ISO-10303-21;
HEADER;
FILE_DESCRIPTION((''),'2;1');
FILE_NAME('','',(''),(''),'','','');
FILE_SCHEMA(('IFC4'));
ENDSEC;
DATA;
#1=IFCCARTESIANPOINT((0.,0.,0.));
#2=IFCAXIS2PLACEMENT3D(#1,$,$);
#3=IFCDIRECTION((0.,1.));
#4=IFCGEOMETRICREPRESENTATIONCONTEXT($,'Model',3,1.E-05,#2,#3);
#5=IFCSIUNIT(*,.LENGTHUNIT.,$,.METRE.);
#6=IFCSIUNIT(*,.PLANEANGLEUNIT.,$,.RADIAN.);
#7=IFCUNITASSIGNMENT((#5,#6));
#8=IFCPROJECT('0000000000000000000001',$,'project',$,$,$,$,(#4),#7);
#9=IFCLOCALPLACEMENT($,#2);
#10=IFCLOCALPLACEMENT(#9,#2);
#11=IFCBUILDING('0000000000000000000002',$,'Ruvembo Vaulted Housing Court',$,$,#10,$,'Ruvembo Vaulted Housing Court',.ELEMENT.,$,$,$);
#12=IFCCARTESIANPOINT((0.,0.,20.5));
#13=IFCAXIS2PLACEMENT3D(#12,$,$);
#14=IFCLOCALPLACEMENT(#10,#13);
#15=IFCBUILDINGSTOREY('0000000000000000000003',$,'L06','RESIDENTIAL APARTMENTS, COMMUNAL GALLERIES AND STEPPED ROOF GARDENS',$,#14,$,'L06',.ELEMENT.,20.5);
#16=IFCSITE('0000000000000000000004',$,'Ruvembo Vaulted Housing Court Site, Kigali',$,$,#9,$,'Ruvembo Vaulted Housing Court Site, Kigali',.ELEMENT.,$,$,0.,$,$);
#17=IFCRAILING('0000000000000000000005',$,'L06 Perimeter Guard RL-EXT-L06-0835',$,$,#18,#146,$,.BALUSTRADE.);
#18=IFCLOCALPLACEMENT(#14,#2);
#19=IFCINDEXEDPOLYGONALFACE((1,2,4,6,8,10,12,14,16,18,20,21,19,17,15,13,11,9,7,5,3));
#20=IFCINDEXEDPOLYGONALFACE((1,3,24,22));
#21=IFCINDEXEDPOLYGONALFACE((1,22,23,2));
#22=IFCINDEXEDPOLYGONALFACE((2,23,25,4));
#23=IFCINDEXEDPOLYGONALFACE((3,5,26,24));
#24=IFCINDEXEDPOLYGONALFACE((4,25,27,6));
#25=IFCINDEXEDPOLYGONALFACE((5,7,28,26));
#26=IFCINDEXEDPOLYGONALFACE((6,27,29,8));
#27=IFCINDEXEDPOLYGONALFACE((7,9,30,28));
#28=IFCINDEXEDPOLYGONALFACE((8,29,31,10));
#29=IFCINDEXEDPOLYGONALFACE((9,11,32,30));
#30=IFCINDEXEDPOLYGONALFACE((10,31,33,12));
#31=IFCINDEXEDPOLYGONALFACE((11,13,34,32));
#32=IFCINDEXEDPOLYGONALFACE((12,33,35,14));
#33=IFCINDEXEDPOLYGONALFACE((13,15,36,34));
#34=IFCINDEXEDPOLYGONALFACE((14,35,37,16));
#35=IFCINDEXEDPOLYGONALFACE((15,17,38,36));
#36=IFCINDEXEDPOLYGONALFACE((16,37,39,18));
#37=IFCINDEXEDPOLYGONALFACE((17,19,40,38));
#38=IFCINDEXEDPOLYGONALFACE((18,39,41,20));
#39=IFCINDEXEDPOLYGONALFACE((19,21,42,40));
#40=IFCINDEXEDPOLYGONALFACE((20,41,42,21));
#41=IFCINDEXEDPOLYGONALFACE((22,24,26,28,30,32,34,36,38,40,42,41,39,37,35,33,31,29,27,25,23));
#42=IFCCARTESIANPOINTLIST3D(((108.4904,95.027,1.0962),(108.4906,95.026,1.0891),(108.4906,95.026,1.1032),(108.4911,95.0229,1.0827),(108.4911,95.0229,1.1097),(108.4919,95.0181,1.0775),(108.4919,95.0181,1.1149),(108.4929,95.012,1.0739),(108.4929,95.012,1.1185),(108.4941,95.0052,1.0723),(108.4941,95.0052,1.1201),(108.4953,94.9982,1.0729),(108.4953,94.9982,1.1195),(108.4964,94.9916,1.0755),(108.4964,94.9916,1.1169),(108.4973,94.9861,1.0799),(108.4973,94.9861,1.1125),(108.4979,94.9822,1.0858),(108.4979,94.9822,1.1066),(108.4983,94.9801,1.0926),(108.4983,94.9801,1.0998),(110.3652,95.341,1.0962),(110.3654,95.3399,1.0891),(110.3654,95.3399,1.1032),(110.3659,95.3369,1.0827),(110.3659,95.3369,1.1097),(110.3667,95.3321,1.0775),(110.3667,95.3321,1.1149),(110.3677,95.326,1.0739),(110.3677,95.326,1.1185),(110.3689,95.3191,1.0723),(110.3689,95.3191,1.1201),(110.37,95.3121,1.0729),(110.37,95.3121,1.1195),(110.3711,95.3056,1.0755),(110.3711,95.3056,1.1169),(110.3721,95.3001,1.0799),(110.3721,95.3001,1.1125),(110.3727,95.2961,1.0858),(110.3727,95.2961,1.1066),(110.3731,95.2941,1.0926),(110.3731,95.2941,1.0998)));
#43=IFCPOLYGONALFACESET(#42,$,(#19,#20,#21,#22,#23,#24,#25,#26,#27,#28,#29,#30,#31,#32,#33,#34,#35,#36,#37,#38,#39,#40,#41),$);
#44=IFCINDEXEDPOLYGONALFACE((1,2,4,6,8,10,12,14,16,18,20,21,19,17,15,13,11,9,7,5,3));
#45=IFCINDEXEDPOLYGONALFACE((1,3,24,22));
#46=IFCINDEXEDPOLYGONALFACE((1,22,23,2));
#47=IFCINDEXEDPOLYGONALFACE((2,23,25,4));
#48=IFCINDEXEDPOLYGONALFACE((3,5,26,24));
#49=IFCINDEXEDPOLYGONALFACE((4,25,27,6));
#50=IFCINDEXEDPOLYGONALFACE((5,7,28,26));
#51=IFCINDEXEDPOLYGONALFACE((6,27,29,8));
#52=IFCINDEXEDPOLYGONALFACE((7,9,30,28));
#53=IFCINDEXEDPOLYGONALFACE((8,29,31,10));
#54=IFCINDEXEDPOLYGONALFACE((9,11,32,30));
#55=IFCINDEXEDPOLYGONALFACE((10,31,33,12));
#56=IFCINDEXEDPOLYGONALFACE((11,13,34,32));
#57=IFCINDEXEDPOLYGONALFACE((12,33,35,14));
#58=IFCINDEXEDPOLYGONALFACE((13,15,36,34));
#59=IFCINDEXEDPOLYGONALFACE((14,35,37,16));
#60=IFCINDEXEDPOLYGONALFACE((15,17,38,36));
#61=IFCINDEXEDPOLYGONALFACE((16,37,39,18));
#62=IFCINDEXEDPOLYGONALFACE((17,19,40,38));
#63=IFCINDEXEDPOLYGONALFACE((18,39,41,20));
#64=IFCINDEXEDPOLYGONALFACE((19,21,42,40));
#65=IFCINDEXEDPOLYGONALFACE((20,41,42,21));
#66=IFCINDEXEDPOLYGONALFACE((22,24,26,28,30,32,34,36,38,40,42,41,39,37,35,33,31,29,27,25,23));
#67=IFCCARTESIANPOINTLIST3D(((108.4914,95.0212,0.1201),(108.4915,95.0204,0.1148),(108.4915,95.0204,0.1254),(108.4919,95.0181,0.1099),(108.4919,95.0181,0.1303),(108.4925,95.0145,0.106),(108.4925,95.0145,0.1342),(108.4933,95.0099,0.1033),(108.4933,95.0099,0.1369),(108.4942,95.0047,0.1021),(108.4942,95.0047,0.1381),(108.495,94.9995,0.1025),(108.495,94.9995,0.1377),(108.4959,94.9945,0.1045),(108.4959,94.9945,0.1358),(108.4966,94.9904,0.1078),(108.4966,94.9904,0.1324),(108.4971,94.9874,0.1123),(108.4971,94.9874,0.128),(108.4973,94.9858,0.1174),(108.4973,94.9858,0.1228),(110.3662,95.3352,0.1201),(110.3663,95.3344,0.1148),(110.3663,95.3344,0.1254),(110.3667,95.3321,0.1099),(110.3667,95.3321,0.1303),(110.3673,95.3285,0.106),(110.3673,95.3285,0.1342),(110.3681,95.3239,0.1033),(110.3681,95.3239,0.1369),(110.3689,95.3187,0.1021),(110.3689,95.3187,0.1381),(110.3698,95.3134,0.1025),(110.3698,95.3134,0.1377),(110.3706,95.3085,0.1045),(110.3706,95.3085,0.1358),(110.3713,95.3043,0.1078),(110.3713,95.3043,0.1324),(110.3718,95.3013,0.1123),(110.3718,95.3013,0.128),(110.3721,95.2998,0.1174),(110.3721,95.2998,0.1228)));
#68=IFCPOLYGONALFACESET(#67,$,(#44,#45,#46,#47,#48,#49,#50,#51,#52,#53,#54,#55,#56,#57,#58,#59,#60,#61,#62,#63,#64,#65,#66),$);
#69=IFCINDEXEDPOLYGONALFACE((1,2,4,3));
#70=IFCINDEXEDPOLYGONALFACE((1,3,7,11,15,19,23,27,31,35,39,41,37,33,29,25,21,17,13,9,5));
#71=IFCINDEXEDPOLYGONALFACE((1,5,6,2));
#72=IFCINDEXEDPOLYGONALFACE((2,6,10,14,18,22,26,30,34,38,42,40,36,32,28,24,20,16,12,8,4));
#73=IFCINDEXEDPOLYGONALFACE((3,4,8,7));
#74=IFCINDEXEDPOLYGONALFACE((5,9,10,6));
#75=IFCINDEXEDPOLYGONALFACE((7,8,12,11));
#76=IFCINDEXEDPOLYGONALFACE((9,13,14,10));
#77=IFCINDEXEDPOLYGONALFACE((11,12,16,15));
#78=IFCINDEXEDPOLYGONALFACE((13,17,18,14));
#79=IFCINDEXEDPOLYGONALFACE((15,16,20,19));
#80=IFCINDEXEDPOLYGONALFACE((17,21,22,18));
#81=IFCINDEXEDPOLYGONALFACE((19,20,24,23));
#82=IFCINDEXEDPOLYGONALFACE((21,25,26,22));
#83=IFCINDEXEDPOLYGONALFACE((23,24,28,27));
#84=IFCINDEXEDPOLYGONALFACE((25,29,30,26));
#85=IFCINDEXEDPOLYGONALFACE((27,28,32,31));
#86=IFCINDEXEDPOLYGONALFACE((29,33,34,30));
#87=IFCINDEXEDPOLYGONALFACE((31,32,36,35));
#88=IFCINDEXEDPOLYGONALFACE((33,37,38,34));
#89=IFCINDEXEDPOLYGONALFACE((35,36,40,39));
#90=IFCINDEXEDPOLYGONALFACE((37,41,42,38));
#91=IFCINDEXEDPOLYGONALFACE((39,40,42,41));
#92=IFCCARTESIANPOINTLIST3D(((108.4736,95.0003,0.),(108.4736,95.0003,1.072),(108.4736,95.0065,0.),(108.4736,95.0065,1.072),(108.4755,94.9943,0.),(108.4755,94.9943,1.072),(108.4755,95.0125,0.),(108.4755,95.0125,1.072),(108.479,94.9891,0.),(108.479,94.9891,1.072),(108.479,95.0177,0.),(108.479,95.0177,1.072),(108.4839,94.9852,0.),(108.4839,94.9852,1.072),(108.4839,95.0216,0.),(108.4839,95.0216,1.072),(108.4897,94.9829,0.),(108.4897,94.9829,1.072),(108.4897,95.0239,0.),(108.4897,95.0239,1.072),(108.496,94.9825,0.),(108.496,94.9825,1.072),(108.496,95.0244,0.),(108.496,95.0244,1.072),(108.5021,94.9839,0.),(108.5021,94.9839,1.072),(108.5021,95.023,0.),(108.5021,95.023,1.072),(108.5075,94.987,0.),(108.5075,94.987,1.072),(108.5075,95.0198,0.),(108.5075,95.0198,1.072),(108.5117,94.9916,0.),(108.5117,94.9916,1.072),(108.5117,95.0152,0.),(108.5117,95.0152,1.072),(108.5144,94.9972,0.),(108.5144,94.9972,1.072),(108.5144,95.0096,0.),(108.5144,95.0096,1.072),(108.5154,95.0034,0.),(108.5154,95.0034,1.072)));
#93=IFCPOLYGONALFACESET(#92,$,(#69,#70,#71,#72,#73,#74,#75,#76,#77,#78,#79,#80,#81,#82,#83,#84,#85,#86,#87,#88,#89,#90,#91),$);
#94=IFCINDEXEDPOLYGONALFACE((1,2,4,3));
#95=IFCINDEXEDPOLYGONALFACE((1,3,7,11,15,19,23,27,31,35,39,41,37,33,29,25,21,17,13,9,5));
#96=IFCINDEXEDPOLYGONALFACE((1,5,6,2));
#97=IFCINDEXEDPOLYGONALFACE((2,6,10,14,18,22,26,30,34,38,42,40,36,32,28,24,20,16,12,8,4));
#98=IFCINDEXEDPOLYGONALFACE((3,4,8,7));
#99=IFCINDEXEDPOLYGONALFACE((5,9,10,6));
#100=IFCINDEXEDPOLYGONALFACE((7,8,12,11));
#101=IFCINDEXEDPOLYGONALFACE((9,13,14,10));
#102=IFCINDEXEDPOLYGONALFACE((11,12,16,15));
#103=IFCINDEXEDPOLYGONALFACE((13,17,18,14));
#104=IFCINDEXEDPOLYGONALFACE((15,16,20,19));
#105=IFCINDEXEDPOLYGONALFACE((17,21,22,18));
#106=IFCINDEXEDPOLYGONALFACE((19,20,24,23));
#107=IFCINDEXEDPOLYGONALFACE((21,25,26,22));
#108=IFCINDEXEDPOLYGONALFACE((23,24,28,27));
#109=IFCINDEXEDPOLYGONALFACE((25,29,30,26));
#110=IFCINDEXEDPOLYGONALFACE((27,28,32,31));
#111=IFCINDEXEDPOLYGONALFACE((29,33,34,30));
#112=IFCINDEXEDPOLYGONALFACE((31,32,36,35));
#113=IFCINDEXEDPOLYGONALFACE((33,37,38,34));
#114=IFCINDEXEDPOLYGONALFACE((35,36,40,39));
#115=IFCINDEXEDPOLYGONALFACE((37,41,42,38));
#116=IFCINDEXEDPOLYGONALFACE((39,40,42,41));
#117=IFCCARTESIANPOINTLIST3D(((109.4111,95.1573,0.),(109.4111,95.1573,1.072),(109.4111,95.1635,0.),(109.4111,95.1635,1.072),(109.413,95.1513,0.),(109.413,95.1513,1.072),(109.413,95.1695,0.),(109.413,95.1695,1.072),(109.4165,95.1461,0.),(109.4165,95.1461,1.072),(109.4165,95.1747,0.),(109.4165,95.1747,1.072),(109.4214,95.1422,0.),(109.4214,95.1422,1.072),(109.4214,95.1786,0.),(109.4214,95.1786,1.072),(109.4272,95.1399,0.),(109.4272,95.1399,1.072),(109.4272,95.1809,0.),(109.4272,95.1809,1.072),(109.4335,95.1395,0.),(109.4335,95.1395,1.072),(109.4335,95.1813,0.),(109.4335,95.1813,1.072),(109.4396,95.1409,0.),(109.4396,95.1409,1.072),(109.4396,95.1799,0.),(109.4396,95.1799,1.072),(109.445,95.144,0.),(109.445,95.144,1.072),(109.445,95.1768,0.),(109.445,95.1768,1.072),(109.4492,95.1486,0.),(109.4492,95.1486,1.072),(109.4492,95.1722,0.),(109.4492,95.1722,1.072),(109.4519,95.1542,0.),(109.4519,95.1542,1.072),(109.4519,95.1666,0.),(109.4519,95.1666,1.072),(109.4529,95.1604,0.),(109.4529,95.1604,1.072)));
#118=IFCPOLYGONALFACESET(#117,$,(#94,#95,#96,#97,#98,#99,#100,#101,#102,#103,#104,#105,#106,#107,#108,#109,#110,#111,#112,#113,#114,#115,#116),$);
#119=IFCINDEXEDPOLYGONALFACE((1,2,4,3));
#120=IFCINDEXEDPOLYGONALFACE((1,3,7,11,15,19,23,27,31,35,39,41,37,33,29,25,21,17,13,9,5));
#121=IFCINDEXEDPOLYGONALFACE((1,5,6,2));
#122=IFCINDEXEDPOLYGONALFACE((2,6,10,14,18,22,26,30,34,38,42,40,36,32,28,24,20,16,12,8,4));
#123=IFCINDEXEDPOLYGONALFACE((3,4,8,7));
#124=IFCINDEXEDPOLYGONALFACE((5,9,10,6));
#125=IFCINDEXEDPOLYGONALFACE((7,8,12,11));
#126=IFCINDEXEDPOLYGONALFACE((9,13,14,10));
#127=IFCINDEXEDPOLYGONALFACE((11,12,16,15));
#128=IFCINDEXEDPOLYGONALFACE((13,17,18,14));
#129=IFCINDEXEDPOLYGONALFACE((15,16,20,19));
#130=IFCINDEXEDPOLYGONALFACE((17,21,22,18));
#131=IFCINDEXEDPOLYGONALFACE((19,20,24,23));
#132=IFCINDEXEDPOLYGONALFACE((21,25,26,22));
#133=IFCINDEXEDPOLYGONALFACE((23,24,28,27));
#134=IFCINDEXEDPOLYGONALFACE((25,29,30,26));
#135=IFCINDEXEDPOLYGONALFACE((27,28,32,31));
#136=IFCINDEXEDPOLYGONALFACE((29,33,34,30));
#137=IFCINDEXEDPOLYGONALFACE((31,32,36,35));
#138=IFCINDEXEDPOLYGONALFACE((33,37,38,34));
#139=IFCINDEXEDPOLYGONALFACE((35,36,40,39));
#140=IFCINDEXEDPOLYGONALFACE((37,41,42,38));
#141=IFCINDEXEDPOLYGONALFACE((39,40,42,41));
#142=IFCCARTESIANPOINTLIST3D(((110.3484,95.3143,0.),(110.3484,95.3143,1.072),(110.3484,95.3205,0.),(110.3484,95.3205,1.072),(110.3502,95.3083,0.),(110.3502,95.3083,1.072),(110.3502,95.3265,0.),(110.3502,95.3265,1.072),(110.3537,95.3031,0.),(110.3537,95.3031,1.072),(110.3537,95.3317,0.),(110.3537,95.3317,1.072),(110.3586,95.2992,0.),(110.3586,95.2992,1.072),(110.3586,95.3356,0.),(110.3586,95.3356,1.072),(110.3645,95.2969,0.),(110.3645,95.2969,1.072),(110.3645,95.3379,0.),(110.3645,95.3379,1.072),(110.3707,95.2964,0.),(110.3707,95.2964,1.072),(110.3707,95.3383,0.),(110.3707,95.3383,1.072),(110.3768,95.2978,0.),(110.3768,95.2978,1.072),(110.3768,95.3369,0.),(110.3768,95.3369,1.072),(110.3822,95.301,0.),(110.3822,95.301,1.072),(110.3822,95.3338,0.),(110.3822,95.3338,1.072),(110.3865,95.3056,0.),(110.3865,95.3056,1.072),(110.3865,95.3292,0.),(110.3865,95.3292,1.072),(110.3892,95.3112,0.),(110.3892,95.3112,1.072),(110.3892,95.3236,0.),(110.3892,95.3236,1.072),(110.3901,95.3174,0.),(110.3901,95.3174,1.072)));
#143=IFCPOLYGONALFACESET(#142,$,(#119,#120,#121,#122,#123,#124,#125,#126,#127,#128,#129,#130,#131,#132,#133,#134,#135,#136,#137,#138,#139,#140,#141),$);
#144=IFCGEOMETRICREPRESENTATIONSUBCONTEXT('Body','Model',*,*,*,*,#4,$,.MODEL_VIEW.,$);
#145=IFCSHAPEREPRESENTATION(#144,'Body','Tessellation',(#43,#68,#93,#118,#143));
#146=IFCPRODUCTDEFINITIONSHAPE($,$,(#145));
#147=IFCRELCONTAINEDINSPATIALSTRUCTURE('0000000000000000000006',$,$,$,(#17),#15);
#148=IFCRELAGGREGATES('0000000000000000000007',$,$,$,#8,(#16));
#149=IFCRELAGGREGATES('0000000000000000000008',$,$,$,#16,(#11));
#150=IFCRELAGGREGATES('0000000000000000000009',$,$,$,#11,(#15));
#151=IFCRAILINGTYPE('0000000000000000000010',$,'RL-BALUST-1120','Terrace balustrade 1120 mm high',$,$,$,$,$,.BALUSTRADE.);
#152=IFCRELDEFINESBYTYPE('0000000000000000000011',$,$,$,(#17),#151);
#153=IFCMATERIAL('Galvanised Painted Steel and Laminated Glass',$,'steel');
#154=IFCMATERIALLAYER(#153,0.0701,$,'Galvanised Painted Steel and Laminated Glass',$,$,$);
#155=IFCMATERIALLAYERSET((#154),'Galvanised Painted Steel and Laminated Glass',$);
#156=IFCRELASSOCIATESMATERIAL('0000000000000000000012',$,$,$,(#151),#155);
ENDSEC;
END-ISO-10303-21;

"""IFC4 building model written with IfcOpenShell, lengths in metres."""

from ifc_helpers import new_model, si_unit, direction, frame, origin, origin_2d, place, context, subcontext, project, spatial, circle, extrude, material, layer, layer_set, type_object, element, save


model = new_model("IFC4")

# Units and contexts
model_context = context("Model", 3, precision=1e-05, world=origin(), true_north=direction((0.0, 1.0)))
body_context = subcontext(model_context, "Body", "Model", "MODEL_VIEW")
ifc_project = project(units=[si_unit("LENGTHUNIT", "METRE"), si_unit("PLANEANGLEUNIT", "RADIAN")], contexts=[model_context])

# Site, building, storey
site_placement = place(None, origin())
site = spatial("IfcSite", under=ifc_project, at=site_placement, Name="Ruvembo Vaulted Housing Court Site, Kigali", LongName="Ruvembo Vaulted Housing Court Site, Kigali", CompositionType="ELEMENT", RefElevation=0.0)
building_placement = place(site_placement, origin())
building = spatial("IfcBuilding", under=site, at=building_placement, Name="Ruvembo Vaulted Housing Court", LongName="Ruvembo Vaulted Housing Court", CompositionType="ELEMENT")
storey_placement = place(building_placement, frame((0.0, 0.0, 20.5)))
storey = spatial("IfcBuildingStorey", under=building, at=storey_placement, Name="L06", Description="RESIDENTIAL APARTMENTS, COMMUNAL GALLERIES AND STEPPED ROOF GARDENS", LongName="L06", CompositionType="ELEMENT", Elevation=20.5)

# Railing
ifc_material_1 = material(Name="Galvanised Painted Steel and Laminated Glass", Category="steel")
ifc_layer = layer(ifc_material_1, 0.0701, Name="Galvanised Painted Steel and Laminated Glass")
ifc_layer_set = layer_set([ifc_layer], Name="Galvanised Painted Steel and Laminated Glass")
railing_type = type_object("IfcRailingType", Name="RL-BALUST-1120", Description="Terrace balustrade 1120 mm high", PredefinedType="BALUSTRADE", material=ifc_layer_set)
railing_1_placement = place(storey_placement, frame((108.4944, 95.0034, 0.0)))
element("IfcRailing", 1, at=railing_1_placement, inside=storey, type_object=railing_type, Name="L06 Perimeter Guard RL-EXT-L06-0835", PredefinedType="BALUSTRADE", context=body_context, shape_type="SweptSolid", body=[
    extrude(circle(Radius=0.0239, at=origin_2d()), frame((0.0, 0.0, 1.0962), z_axis=(0.986265, 0.16517, 0.0), x_axis=(-0.16517, 0.986265, 0.0)), (0.0, 0.0, 1.0), 1.9009),
    extrude(circle(Radius=0.0181, at=origin_2d()), frame((0.0, 0.0, 0.1201), z_axis=(0.986265, 0.16517, 0.0), x_axis=(-0.16517, 0.986265, 0.0)), (0.0, 0.0, 1.0), 1.9009),
    extrude(circle(Radius=0.021, at=origin_2d()), origin(), (0.0, 0.0, 1.0), 1.072),
    extrude(circle(Radius=0.021, at=origin_2d()), frame((0.9375, 0.157, 0.0)), (0.0, 0.0, 1.0), 1.072),
    extrude(circle(Radius=0.021, at=origin_2d()), frame((1.8748, 0.314, 0.0)), (0.0, 0.0, 1.0), 1.072),
])

save(model, "model.ifc")
